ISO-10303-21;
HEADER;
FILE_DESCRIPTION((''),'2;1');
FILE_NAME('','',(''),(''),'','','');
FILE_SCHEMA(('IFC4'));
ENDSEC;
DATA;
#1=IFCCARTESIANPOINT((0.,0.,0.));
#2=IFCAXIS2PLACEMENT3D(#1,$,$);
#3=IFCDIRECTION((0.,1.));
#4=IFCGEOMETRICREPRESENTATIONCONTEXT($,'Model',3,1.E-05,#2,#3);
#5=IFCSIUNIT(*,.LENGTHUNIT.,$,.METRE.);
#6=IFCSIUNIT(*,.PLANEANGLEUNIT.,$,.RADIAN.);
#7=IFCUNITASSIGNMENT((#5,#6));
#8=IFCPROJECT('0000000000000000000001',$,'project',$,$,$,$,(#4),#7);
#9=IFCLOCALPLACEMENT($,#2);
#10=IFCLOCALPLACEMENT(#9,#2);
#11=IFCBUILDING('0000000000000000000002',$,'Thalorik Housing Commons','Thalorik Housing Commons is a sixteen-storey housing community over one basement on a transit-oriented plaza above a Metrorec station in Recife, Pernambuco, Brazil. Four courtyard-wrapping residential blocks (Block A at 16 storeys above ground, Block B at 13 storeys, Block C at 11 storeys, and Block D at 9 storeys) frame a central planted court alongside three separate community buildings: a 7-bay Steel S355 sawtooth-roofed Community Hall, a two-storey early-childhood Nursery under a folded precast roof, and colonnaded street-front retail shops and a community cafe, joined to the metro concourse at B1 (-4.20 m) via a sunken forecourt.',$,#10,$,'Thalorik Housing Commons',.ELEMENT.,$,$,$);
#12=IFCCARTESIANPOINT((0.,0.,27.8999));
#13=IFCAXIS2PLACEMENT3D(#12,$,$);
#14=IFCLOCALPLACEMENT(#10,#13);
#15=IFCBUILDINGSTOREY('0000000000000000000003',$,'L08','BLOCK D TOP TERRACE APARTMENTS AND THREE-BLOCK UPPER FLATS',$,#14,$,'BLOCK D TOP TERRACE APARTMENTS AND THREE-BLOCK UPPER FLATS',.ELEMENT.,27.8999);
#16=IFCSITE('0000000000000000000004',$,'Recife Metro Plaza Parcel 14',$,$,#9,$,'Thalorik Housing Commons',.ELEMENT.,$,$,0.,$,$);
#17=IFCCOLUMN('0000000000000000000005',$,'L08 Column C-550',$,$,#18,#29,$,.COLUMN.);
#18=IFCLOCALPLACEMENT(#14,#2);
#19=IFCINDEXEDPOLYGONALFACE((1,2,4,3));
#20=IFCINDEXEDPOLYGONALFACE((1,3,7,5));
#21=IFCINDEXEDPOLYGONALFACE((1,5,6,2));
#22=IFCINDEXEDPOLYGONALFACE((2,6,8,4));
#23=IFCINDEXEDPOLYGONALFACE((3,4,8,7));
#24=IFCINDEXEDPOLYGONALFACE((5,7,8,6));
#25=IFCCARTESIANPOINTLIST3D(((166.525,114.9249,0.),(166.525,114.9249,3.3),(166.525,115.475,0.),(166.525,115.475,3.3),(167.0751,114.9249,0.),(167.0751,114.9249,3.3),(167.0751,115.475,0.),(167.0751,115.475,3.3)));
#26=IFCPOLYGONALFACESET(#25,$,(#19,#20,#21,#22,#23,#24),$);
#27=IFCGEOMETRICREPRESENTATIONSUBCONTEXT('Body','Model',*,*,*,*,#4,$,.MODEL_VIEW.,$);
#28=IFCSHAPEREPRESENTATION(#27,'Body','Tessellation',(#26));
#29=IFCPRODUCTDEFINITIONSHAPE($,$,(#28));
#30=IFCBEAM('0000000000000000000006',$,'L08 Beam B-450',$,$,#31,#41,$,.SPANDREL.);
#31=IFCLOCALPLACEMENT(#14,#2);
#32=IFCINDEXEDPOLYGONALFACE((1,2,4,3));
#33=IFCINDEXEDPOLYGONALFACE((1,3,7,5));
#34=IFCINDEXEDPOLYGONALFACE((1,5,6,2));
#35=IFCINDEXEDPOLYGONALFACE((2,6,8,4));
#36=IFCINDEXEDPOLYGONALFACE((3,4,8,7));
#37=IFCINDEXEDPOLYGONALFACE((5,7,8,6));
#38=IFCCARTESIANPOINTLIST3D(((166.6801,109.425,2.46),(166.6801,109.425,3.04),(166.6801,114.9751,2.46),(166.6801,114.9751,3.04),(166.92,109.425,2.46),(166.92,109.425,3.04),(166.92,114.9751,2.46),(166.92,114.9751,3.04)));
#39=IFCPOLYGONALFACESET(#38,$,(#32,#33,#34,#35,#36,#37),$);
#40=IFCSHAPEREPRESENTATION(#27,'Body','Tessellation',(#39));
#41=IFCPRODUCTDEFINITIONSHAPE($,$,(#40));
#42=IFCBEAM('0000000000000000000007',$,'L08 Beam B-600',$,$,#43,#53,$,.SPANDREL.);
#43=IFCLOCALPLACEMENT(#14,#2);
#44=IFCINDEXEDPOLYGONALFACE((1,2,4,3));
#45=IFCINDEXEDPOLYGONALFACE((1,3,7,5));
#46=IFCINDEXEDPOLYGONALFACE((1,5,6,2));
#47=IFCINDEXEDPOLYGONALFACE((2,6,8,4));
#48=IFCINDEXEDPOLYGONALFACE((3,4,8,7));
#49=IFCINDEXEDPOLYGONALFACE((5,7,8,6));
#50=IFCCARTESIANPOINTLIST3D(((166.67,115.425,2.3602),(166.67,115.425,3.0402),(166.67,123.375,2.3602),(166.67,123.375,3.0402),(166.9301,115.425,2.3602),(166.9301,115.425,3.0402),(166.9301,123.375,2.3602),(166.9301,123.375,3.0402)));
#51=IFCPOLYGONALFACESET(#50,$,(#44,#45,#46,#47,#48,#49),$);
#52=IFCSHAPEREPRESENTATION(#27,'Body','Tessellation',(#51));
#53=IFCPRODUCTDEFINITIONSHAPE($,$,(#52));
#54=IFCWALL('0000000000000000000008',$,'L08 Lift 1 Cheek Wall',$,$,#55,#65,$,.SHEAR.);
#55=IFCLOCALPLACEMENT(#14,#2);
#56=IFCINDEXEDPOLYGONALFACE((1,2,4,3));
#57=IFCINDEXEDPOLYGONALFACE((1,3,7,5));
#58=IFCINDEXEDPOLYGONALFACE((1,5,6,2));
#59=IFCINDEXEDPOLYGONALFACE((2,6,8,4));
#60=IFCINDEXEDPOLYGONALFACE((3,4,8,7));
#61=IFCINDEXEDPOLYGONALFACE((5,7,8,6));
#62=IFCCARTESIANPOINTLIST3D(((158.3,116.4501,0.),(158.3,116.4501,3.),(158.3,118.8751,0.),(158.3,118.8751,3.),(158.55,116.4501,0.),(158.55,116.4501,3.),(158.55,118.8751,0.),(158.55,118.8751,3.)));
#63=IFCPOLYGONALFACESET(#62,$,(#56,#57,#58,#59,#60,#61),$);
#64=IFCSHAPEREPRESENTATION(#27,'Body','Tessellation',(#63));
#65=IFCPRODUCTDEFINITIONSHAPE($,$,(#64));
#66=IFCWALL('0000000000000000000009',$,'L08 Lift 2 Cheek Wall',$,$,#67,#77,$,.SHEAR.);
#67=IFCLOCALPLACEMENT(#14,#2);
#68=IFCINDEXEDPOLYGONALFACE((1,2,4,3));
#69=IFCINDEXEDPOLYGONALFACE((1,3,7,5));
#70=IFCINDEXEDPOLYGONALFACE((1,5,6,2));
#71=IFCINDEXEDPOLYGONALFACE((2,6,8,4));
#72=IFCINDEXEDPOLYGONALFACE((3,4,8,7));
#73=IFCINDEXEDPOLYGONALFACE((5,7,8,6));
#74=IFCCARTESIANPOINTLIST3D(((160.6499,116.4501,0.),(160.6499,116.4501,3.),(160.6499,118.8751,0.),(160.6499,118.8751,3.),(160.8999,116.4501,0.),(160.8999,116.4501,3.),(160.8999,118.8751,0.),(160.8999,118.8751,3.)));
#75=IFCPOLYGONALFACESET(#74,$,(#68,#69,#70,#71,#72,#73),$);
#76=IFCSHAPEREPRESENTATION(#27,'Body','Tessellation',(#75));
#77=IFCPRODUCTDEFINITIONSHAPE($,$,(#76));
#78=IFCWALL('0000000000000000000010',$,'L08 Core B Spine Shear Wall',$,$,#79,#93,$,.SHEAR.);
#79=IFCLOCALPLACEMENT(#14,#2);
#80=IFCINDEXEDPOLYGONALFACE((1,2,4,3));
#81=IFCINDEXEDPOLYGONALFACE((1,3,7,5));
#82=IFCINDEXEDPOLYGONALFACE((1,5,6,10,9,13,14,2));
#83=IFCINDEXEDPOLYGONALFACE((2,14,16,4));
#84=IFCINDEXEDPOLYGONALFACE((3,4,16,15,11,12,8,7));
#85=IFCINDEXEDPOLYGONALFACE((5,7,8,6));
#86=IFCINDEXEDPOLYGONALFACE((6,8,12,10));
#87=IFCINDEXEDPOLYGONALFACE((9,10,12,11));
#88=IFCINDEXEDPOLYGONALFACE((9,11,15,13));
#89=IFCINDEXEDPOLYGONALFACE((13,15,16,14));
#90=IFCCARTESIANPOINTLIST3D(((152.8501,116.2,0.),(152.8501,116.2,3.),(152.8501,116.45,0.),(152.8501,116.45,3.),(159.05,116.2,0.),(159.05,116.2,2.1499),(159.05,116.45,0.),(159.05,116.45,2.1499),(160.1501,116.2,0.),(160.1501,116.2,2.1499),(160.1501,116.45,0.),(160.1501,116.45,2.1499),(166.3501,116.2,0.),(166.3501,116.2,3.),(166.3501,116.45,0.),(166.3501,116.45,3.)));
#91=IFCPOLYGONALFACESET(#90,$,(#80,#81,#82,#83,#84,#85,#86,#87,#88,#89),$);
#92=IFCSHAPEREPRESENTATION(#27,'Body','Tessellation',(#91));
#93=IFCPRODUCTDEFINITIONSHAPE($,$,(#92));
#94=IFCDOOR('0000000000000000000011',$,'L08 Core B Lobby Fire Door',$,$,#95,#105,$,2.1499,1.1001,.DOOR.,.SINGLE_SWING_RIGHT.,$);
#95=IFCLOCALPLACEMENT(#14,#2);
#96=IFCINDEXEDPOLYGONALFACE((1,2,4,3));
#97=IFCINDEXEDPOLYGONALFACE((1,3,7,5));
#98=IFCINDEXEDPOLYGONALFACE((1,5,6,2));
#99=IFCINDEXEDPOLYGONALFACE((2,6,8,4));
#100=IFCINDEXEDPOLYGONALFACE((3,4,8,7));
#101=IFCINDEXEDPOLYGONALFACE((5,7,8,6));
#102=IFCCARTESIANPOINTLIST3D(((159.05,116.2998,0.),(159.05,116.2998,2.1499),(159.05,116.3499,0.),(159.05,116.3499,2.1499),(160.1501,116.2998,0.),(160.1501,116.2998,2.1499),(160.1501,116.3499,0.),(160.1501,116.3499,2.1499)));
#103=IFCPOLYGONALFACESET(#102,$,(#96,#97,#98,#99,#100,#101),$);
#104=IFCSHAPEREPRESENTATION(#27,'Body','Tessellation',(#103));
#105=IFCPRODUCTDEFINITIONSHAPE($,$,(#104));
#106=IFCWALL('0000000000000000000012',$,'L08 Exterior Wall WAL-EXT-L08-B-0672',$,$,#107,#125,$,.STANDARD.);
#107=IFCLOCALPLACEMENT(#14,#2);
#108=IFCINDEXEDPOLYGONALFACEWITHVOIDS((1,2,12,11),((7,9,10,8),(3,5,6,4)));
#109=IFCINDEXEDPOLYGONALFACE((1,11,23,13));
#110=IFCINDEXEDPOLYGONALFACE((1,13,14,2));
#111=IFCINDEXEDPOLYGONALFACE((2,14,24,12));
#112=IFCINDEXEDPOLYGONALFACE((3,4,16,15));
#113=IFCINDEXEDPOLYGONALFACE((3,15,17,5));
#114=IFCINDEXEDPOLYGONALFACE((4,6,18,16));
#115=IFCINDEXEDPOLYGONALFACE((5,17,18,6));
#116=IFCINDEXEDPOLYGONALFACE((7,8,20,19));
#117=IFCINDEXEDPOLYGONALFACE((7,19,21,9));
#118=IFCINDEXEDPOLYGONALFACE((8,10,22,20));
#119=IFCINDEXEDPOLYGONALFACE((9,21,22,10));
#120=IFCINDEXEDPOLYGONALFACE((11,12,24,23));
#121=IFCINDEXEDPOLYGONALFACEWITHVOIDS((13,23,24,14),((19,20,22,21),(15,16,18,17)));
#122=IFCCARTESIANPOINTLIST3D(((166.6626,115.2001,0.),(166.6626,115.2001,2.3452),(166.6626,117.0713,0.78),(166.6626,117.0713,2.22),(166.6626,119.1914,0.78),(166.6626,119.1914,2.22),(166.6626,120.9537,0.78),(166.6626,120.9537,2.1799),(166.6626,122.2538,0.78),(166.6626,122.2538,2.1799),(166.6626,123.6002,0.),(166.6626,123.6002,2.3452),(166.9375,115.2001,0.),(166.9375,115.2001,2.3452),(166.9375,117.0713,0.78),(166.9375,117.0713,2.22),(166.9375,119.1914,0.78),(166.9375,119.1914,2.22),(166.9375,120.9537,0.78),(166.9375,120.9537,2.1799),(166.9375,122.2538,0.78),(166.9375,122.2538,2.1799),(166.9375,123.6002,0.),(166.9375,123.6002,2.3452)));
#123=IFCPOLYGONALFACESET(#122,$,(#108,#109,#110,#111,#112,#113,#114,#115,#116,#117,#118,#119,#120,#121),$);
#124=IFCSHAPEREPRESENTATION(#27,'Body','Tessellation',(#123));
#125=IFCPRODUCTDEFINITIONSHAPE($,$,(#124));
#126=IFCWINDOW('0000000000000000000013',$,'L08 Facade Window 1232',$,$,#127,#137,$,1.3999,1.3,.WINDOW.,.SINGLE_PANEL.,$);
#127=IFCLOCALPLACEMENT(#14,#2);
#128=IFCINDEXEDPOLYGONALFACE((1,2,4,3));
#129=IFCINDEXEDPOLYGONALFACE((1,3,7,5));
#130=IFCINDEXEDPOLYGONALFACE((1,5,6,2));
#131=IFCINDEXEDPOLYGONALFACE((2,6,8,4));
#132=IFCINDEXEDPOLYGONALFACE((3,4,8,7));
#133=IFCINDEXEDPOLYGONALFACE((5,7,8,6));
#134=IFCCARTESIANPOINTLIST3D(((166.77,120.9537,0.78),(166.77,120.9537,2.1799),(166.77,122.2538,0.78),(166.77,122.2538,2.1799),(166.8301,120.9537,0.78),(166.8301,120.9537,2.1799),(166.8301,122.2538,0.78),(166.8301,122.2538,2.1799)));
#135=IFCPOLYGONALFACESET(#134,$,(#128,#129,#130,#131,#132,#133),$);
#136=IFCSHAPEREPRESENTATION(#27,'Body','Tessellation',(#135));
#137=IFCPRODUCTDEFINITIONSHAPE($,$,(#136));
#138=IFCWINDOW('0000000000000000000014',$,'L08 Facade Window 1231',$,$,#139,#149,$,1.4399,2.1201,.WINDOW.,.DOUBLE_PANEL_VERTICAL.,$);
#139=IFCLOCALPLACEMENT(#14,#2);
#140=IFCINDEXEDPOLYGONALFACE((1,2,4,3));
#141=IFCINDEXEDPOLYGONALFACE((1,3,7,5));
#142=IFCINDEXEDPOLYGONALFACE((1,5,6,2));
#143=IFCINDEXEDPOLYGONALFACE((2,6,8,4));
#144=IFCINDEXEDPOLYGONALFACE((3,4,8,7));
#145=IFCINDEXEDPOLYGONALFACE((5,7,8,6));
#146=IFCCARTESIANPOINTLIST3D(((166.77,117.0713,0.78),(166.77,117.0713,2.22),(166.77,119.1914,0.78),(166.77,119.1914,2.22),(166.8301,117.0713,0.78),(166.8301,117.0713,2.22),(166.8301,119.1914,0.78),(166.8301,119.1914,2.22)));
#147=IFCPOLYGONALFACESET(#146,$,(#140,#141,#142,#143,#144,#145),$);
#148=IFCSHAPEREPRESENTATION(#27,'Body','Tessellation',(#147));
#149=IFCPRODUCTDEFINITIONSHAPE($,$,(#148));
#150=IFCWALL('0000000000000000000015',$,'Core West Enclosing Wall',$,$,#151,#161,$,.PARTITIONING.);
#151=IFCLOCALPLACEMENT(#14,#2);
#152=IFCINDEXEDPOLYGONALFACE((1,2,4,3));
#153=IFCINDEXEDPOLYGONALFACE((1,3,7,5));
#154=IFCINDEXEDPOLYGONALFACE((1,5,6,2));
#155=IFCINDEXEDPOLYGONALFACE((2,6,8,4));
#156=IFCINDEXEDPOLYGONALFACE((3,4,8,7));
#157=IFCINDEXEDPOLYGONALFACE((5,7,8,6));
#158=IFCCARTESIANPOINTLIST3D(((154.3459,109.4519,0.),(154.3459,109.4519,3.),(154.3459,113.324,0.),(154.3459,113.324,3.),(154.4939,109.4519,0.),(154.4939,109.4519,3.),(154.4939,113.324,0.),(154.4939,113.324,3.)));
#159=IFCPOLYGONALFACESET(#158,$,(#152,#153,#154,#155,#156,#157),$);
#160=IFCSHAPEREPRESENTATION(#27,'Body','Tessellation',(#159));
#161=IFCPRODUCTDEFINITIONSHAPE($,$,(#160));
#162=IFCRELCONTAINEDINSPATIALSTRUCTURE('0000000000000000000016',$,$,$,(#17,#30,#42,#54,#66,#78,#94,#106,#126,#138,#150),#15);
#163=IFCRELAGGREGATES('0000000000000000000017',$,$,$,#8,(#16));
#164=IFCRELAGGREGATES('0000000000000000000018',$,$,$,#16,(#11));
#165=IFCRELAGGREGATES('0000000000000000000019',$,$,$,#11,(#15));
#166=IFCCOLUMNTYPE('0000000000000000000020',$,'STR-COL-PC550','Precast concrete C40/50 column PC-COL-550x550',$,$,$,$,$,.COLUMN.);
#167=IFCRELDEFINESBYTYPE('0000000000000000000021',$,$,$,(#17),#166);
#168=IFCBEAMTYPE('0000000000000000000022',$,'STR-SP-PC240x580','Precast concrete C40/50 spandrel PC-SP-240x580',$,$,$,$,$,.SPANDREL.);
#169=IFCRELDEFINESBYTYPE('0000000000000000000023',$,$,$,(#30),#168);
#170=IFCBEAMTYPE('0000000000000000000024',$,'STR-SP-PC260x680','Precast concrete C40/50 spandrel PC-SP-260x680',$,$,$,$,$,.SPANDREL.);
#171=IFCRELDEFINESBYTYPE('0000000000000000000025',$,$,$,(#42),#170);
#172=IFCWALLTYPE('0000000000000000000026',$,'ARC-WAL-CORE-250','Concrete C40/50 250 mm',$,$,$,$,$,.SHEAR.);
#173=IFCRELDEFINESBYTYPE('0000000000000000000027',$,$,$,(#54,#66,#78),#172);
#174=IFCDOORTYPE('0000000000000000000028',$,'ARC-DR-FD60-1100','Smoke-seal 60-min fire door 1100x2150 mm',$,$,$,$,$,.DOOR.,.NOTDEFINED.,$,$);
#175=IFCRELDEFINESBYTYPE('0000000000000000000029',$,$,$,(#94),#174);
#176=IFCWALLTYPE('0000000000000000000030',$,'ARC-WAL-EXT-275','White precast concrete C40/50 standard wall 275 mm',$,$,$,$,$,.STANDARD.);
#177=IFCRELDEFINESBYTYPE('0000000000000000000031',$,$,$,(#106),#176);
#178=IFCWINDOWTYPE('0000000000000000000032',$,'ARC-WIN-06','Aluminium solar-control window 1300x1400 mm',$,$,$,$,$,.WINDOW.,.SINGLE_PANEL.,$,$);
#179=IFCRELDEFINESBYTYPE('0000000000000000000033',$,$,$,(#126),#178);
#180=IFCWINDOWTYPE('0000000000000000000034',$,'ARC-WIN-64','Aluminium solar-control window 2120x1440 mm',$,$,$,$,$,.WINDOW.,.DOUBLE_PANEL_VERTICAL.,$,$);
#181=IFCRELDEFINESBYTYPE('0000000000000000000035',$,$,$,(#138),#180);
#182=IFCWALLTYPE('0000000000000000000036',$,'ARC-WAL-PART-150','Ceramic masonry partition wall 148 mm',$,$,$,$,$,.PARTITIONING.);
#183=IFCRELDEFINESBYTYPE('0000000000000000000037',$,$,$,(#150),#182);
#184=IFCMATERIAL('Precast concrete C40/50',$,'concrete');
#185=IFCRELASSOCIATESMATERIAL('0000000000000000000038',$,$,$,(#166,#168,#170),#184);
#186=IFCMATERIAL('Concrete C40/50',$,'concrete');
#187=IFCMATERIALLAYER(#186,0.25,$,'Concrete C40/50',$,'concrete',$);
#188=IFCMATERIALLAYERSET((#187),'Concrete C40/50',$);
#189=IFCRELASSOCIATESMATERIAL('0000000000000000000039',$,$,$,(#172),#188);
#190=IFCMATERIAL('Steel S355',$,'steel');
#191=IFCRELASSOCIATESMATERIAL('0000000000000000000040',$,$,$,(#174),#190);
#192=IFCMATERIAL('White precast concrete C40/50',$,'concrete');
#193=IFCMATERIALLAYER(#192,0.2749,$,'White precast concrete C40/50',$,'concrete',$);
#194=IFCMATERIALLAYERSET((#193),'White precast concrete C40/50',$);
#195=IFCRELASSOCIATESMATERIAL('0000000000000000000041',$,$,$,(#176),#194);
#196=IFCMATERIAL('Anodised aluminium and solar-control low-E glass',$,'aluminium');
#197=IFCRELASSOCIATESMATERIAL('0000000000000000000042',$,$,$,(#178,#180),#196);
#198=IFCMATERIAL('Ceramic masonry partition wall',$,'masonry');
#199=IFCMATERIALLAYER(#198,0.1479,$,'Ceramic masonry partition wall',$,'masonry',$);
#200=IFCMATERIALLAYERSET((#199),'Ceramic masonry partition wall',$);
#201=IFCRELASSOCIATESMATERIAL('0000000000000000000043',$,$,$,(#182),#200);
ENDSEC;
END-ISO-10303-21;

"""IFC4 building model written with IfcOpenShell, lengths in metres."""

from ifc_helpers import new_model, si_unit, direction, frame, frame_2d, origin, origin_2d, place, context, subcontext, project, spatial, rectangle, extrude, material, layer, layer_set, material_profile, profile_set, type_object, element, fill, save


model = new_model("IFC4")

# Units and contexts
model_context = context("Model", 3, precision=1e-05, world=origin(), true_north=direction((0.0, 1.0)))
body_context = subcontext(model_context, "Body", "Model", "MODEL_VIEW")
ifc_project = project(units=[si_unit("LENGTHUNIT", "METRE"), si_unit("PLANEANGLEUNIT", "RADIAN")], contexts=[model_context])

# Site, building, storey
site_placement = place(None, origin())
site = spatial("IfcSite", under=ifc_project, at=site_placement, Name="Recife Metro Plaza Parcel 14", LongName="Thalorik Housing Commons", CompositionType="ELEMENT", RefElevation=0.0)
building_placement = place(site_placement, origin())
building = spatial("IfcBuilding", under=site, at=building_placement, Name="Thalorik Housing Commons", Description="Thalorik Housing Commons is a sixteen-storey housing community over one basement on a transit-oriented plaza above a Metrorec station in Recife, Pernambuco, Brazil. Four courtyard-wrapping residential blocks (Block A at 16 storeys above ground, Block B at 13 storeys, Block C at 11 storeys, and Block D at 9 storeys) frame a central planted court alongside three separate community buildings: a 7-bay Steel S355 sawtooth-roofed Community Hall, a two-storey early-childhood Nursery under a folded precast roof, and colonnaded street-front retail shops and a community cafe, joined to the metro concourse at B1 (-4.20 m) via a sunken forecourt.", LongName="Thalorik Housing Commons", CompositionType="ELEMENT")
storey_placement = place(building_placement, frame((0.0, 0.0, 27.8999)))
storey = spatial("IfcBuildingStorey", under=building, at=storey_placement, Name="L08", Description="BLOCK D TOP TERRACE APARTMENTS AND THREE-BLOCK UPPER FLATS", LongName="BLOCK D TOP TERRACE APARTMENTS AND THREE-BLOCK UPPER FLATS", CompositionType="ELEMENT", Elevation=27.8999)

# Column
ifc_material_1 = material(Name="Precast concrete C40/50", Category="concrete")
ifc_material_profile_1 = material_profile(ifc_material_1, rectangle(XDim=0.55, YDim=0.55, at=origin_2d()), Name="PC 550x550", Category="concrete")
ifc_profile_set_1 = profile_set([ifc_material_profile_1], Name="Precast concrete C40/50")
column_type = type_object("IfcColumnType", Name="STR-COL-PC550", Description="Precast concrete C40/50 column PC-COL-550x550", PredefinedType="COLUMN", material=ifc_profile_set_1)
column_placement = place(storey_placement, frame((166.8, 115.2, 0.0), z_axis=(0.0, 0.0, 1.0), x_axis=(1.0, 0.0, 0.0)))
element("IfcColumn", 1, at=column_placement, inside=storey, type_object=column_type, Name="L08 Column C-550", PredefinedType="COLUMN", context=body_context, shape_type="SweptSolid", body=[
    extrude(rectangle(XDim=0.55, YDim=0.55, at=origin_2d()), origin(), (0.0, 0.0, 1.0), 3.3),
])

# Beams
ifc_material_profile_2 = material_profile(ifc_material_1, rectangle(XDim=0.24, YDim=0.5801, at=origin_2d()), Name="PC SP 240x580", Category="concrete")
ifc_profile_set_2 = profile_set([ifc_material_profile_2], Name="Precast concrete C40/50")
beam_type_1 = type_object("IfcBeamType", Name="STR-SP-PC240x580", Description="Precast concrete C40/50 spandrel PC-SP-240x580", PredefinedType="SPANDREL", material=ifc_profile_set_2)
beam_1_placement = place(storey_placement, frame((166.8, 109.425, 2.75), z_axis=(0.0, 1.0, 0.0), x_axis=(-1.0, 0.0, 0.0)))
element("IfcBeam", 2, at=beam_1_placement, inside=storey, type_object=beam_type_1, Name="L08 Beam B-450", PredefinedType="SPANDREL", context=body_context, shape_type="SweptSolid", body=[
    extrude(rectangle(XDim=0.24, YDim=0.5801, at=origin_2d()), origin(), (0.0, 0.0, 1.0), 5.55),
])
ifc_material_profile_3 = material_profile(ifc_material_1, rectangle(XDim=0.26, YDim=0.6799, at=origin_2d()), Name="PC SP 260x680", Category="concrete")
ifc_profile_set_3 = profile_set([ifc_material_profile_3], Name="Precast concrete C40/50")
beam_type_2 = type_object("IfcBeamType", Name="STR-SP-PC260x680", Description="Precast concrete C40/50 spandrel PC-SP-260x680", PredefinedType="SPANDREL", material=ifc_profile_set_3)
beam_2_placement = place(storey_placement, frame((166.8, 115.425, 2.7002), z_axis=(0.0, 1.0, 0.0), x_axis=(-1.0, 0.0, 0.0)))
element("IfcBeam", 3, at=beam_2_placement, inside=storey, type_object=beam_type_2, Name="L08 Beam B-600", PredefinedType="SPANDREL", context=body_context, shape_type="SweptSolid", body=[
    extrude(rectangle(XDim=0.26, YDim=0.6799, at=origin_2d()), origin(), (0.0, 0.0, 1.0), 7.95),
])

# Shared definitions
ifc_material_2 = material(Name="Concrete C40/50", Category="concrete")
ifc_layer_1 = layer(ifc_material_2, 0.25, Name="Concrete C40/50", Category="concrete")
ifc_layer_set_1 = layer_set([ifc_layer_1], Name="Concrete C40/50")
wall_type_1 = type_object("IfcWallType", Name="ARC-WAL-CORE-250", Description="Concrete C40/50 250 mm", PredefinedType="SHEAR", material=ifc_layer_set_1)
ifc_material_3 = material(Name="Steel S355", Category="steel")

# Walls
for number, where, z_axis, x_axis, name in (
    (4, (158.425, 118.875, 0.0), (0.0, 0.0, 1.0), (0.0, -1.0, 0.0), "L08 Lift 1 Cheek Wall"),
    (5, (160.7749, 118.875, 0.0), (0.0, 0.0, 1.0), (0.0, -1.0, 0.0), "L08 Lift 2 Cheek Wall"),
):
    element("IfcWall", number, at=place(storey_placement, frame(where, z_axis=z_axis, x_axis=x_axis)), inside=storey, type_object=wall_type_1, Name=name, PredefinedType="SHEAR", context=body_context, shape_type="SweptSolid", body=[
        extrude(rectangle(XDim=2.425, YDim=0.25, at=frame_2d((1.2124, 0.0))), origin(), (0.0, 0.0, 1.0), 3.0),
    ])

# Wall, opening, door
wall_1_placement = place(storey_placement, frame((152.8501, 116.325, 0.0), z_axis=(0.0, 0.0, 1.0), x_axis=(1.0, 0.0, 0.0)))
wall_1 = element("IfcWall", 6, at=wall_1_placement, inside=storey, type_object=wall_type_1, Name="L08 Core B Spine Shear Wall", PredefinedType="SHEAR", context=body_context, shape_type="SweptSolid", body=[
    extrude(rectangle(XDim=13.5, YDim=0.25, at=frame_2d((6.75, 0.0))), origin(), (0.0, 0.0, 1.0), 3.0),
])
opening_1_placement = place(wall_1_placement, frame((6.2, 0.0, 0.0)))
opening_1 = element("IfcOpeningElement", 7, at=opening_1_placement, cuts=wall_1, PredefinedType="OPENING", context=body_context, shape_type="SweptSolid", body=[
    extrude(rectangle(XDim=1.1001, YDim=2.1499, at=frame_2d((0.55, 1.075))), frame((0.0, 0.135, 0.0), z_axis=(0.0, -1.0, 0.0), x_axis=(1.0, 0.0, 0.0)), (0.0, 0.0, 1.0), 0.27),
])
door_type_1 = type_object("IfcDoorType", Name="ARC-DR-FD60-1100", Description="Smoke-seal 60-min fire door 1100x2150 mm", OperationType="NOTDEFINED", PredefinedType="DOOR", material=ifc_material_3)
door_1_placement = place(opening_1_placement, origin())
door_1 = element("IfcDoor", 8, at=door_1_placement, inside=storey, type_object=door_type_1, Name="L08 Core B Lobby Fire Door", OperationType="SINGLE_SWING_RIGHT", OverallHeight=2.1499, OverallWidth=1.1001, PredefinedType="DOOR", context=body_context, shape_type="SweptSolid", body=[
    extrude(rectangle(XDim=1.1001, YDim=2.1499, at=frame_2d((0.55, 1.075))), frame((0.0, 0.0249, 0.0), z_axis=(0.0, -1.0, 0.0), x_axis=(1.0, 0.0, 0.0)), (0.0, 0.0, 1.0), 0.05),
])
fill(opening_1, door_1)

# Wall, openings, windows
ifc_material_4 = material(Name="White precast concrete C40/50", Category="concrete")
ifc_layer_2 = layer(ifc_material_4, 0.2749, Name="White precast concrete C40/50", Category="concrete")
ifc_layer_set_2 = layer_set([ifc_layer_2], Name="White precast concrete C40/50")
wall_type_2 = type_object("IfcWallType", Name="ARC-WAL-EXT-275", Description="White precast concrete C40/50 standard wall 275 mm", PredefinedType="STANDARD", material=ifc_layer_set_2)
wall_2_placement = place(storey_placement, frame((166.8, 115.2, 0.0), z_axis=(0.0, 0.0, 1.0), x_axis=(0.0, 1.0, 0.0)))
wall_2 = element("IfcWall", 9, at=wall_2_placement, inside=storey, type_object=wall_type_2, Name="L08 Exterior Wall WAL-EXT-L08-B-0672", PredefinedType="STANDARD", context=body_context, shape_type="SweptSolid", body=[
    extrude(rectangle(XDim=8.4001, YDim=0.2749, at=frame_2d((4.2002, 0.0))), origin(), (0.0, 0.0, 1.0), 2.3452),
])
opening_2_placement = place(wall_2_placement, frame((1.8713, 0.0, 0.78)))
opening_2 = element("IfcOpeningElement", 10, at=opening_2_placement, cuts=wall_2, PredefinedType="OPENING", context=body_context, shape_type="SweptSolid", body=[
    extrude(rectangle(XDim=2.1201, YDim=1.4399, at=frame_2d((1.0601, 0.72))), frame((0.0, 0.1475, 0.0), z_axis=(0.0, -1.0, 0.0), x_axis=(1.0, 0.0, 0.0)), (0.0, 0.0, 1.0), 0.2949),
])
opening_3_placement = place(wall_2_placement, frame((5.7539, 0.0, 0.78)))
opening_3 = element("IfcOpeningElement", 11, at=opening_3_placement, cuts=wall_2, PredefinedType="OPENING", context=body_context, shape_type="SweptSolid", body=[
    extrude(rectangle(XDim=1.3, YDim=1.3999, at=frame_2d((0.6499, 0.7))), frame((0.0, 0.1475, 0.0), z_axis=(0.0, -1.0, 0.0), x_axis=(1.0, 0.0, 0.0)), (0.0, 0.0, 1.0), 0.2949),
])
ifc_material_5 = material(Name="Anodised aluminium and solar-control low-E glass", Category="aluminium")
window_type_1 = type_object("IfcWindowType", Name="ARC-WIN-06", Description="Aluminium solar-control window 1300x1400 mm", PartitioningType="SINGLE_PANEL", PredefinedType="WINDOW", material=ifc_material_5)
window_1_placement = place(opening_3_placement, origin())
window_1 = element("IfcWindow", 12, at=window_1_placement, inside=storey, type_object=window_type_1, Name="L08 Facade Window 1232", OverallHeight=1.3999, OverallWidth=1.3, PartitioningType="SINGLE_PANEL", PredefinedType="WINDOW", context=body_context, shape_type="SweptSolid", body=[
    extrude(rectangle(XDim=1.3, YDim=1.3999, at=frame_2d((0.6499, 0.7))), frame((0.0, 0.03, 0.0), z_axis=(0.0, -1.0, 0.0), x_axis=(1.0, 0.0, 0.0)), (0.0, 0.0, 1.0), 0.0601),
])
fill(opening_3, window_1)
window_type_2 = type_object("IfcWindowType", Name="ARC-WIN-64", Description="Aluminium solar-control window 2120x1440 mm", PartitioningType="DOUBLE_PANEL_VERTICAL", PredefinedType="WINDOW", material=ifc_material_5)
window_2_placement = place(opening_2_placement, origin())
window_2 = element("IfcWindow", 13, at=window_2_placement, inside=storey, type_object=window_type_2, Name="L08 Facade Window 1231", OverallHeight=1.4399, OverallWidth=2.1201, PartitioningType="DOUBLE_PANEL_VERTICAL", PredefinedType="WINDOW", context=body_context, shape_type="SweptSolid", body=[
    extrude(rectangle(XDim=2.1201, YDim=1.4399, at=frame_2d((1.0601, 0.72))), frame((0.0, 0.03, 0.0), z_axis=(0.0, -1.0, 0.0), x_axis=(1.0, 0.0, 0.0)), (0.0, 0.0, 1.0), 0.0601),
])
fill(opening_2, window_2)

# Wall
ifc_material_6 = material(Name="Ceramic masonry partition wall", Category="masonry")
ifc_layer_3 = layer(ifc_material_6, 0.1479, Name="Ceramic masonry partition wall", Category="masonry")
ifc_layer_set_3 = layer_set([ifc_layer_3], Name="Ceramic masonry partition wall")
wall_type_3 = type_object("IfcWallType", Name="ARC-WAL-PART-150", Description="Ceramic masonry partition wall 148 mm", PredefinedType="PARTITIONING", material=ifc_layer_set_3)
for number, where, z_axis, x_axis, name in (
    (14, (154.4199, 113.324, 0.0), (0.0, 0.0, 1.0), (0.0, -1.0, 0.0), "Core West Enclosing Wall"),
):
    element("IfcWall", number, at=place(storey_placement, frame(where, z_axis=z_axis, x_axis=x_axis)), inside=storey, type_object=wall_type_3, Name=name, PredefinedType="PARTITIONING", context=body_context, shape_type="SweptSolid", body=[
        extrude(rectangle(XDim=3.8721, YDim=0.1479, at=frame_2d((1.936, 0.0))), origin(), (0.0, 0.0, 1.0), 3.0),
    ])

save(model, "model.ifc")
